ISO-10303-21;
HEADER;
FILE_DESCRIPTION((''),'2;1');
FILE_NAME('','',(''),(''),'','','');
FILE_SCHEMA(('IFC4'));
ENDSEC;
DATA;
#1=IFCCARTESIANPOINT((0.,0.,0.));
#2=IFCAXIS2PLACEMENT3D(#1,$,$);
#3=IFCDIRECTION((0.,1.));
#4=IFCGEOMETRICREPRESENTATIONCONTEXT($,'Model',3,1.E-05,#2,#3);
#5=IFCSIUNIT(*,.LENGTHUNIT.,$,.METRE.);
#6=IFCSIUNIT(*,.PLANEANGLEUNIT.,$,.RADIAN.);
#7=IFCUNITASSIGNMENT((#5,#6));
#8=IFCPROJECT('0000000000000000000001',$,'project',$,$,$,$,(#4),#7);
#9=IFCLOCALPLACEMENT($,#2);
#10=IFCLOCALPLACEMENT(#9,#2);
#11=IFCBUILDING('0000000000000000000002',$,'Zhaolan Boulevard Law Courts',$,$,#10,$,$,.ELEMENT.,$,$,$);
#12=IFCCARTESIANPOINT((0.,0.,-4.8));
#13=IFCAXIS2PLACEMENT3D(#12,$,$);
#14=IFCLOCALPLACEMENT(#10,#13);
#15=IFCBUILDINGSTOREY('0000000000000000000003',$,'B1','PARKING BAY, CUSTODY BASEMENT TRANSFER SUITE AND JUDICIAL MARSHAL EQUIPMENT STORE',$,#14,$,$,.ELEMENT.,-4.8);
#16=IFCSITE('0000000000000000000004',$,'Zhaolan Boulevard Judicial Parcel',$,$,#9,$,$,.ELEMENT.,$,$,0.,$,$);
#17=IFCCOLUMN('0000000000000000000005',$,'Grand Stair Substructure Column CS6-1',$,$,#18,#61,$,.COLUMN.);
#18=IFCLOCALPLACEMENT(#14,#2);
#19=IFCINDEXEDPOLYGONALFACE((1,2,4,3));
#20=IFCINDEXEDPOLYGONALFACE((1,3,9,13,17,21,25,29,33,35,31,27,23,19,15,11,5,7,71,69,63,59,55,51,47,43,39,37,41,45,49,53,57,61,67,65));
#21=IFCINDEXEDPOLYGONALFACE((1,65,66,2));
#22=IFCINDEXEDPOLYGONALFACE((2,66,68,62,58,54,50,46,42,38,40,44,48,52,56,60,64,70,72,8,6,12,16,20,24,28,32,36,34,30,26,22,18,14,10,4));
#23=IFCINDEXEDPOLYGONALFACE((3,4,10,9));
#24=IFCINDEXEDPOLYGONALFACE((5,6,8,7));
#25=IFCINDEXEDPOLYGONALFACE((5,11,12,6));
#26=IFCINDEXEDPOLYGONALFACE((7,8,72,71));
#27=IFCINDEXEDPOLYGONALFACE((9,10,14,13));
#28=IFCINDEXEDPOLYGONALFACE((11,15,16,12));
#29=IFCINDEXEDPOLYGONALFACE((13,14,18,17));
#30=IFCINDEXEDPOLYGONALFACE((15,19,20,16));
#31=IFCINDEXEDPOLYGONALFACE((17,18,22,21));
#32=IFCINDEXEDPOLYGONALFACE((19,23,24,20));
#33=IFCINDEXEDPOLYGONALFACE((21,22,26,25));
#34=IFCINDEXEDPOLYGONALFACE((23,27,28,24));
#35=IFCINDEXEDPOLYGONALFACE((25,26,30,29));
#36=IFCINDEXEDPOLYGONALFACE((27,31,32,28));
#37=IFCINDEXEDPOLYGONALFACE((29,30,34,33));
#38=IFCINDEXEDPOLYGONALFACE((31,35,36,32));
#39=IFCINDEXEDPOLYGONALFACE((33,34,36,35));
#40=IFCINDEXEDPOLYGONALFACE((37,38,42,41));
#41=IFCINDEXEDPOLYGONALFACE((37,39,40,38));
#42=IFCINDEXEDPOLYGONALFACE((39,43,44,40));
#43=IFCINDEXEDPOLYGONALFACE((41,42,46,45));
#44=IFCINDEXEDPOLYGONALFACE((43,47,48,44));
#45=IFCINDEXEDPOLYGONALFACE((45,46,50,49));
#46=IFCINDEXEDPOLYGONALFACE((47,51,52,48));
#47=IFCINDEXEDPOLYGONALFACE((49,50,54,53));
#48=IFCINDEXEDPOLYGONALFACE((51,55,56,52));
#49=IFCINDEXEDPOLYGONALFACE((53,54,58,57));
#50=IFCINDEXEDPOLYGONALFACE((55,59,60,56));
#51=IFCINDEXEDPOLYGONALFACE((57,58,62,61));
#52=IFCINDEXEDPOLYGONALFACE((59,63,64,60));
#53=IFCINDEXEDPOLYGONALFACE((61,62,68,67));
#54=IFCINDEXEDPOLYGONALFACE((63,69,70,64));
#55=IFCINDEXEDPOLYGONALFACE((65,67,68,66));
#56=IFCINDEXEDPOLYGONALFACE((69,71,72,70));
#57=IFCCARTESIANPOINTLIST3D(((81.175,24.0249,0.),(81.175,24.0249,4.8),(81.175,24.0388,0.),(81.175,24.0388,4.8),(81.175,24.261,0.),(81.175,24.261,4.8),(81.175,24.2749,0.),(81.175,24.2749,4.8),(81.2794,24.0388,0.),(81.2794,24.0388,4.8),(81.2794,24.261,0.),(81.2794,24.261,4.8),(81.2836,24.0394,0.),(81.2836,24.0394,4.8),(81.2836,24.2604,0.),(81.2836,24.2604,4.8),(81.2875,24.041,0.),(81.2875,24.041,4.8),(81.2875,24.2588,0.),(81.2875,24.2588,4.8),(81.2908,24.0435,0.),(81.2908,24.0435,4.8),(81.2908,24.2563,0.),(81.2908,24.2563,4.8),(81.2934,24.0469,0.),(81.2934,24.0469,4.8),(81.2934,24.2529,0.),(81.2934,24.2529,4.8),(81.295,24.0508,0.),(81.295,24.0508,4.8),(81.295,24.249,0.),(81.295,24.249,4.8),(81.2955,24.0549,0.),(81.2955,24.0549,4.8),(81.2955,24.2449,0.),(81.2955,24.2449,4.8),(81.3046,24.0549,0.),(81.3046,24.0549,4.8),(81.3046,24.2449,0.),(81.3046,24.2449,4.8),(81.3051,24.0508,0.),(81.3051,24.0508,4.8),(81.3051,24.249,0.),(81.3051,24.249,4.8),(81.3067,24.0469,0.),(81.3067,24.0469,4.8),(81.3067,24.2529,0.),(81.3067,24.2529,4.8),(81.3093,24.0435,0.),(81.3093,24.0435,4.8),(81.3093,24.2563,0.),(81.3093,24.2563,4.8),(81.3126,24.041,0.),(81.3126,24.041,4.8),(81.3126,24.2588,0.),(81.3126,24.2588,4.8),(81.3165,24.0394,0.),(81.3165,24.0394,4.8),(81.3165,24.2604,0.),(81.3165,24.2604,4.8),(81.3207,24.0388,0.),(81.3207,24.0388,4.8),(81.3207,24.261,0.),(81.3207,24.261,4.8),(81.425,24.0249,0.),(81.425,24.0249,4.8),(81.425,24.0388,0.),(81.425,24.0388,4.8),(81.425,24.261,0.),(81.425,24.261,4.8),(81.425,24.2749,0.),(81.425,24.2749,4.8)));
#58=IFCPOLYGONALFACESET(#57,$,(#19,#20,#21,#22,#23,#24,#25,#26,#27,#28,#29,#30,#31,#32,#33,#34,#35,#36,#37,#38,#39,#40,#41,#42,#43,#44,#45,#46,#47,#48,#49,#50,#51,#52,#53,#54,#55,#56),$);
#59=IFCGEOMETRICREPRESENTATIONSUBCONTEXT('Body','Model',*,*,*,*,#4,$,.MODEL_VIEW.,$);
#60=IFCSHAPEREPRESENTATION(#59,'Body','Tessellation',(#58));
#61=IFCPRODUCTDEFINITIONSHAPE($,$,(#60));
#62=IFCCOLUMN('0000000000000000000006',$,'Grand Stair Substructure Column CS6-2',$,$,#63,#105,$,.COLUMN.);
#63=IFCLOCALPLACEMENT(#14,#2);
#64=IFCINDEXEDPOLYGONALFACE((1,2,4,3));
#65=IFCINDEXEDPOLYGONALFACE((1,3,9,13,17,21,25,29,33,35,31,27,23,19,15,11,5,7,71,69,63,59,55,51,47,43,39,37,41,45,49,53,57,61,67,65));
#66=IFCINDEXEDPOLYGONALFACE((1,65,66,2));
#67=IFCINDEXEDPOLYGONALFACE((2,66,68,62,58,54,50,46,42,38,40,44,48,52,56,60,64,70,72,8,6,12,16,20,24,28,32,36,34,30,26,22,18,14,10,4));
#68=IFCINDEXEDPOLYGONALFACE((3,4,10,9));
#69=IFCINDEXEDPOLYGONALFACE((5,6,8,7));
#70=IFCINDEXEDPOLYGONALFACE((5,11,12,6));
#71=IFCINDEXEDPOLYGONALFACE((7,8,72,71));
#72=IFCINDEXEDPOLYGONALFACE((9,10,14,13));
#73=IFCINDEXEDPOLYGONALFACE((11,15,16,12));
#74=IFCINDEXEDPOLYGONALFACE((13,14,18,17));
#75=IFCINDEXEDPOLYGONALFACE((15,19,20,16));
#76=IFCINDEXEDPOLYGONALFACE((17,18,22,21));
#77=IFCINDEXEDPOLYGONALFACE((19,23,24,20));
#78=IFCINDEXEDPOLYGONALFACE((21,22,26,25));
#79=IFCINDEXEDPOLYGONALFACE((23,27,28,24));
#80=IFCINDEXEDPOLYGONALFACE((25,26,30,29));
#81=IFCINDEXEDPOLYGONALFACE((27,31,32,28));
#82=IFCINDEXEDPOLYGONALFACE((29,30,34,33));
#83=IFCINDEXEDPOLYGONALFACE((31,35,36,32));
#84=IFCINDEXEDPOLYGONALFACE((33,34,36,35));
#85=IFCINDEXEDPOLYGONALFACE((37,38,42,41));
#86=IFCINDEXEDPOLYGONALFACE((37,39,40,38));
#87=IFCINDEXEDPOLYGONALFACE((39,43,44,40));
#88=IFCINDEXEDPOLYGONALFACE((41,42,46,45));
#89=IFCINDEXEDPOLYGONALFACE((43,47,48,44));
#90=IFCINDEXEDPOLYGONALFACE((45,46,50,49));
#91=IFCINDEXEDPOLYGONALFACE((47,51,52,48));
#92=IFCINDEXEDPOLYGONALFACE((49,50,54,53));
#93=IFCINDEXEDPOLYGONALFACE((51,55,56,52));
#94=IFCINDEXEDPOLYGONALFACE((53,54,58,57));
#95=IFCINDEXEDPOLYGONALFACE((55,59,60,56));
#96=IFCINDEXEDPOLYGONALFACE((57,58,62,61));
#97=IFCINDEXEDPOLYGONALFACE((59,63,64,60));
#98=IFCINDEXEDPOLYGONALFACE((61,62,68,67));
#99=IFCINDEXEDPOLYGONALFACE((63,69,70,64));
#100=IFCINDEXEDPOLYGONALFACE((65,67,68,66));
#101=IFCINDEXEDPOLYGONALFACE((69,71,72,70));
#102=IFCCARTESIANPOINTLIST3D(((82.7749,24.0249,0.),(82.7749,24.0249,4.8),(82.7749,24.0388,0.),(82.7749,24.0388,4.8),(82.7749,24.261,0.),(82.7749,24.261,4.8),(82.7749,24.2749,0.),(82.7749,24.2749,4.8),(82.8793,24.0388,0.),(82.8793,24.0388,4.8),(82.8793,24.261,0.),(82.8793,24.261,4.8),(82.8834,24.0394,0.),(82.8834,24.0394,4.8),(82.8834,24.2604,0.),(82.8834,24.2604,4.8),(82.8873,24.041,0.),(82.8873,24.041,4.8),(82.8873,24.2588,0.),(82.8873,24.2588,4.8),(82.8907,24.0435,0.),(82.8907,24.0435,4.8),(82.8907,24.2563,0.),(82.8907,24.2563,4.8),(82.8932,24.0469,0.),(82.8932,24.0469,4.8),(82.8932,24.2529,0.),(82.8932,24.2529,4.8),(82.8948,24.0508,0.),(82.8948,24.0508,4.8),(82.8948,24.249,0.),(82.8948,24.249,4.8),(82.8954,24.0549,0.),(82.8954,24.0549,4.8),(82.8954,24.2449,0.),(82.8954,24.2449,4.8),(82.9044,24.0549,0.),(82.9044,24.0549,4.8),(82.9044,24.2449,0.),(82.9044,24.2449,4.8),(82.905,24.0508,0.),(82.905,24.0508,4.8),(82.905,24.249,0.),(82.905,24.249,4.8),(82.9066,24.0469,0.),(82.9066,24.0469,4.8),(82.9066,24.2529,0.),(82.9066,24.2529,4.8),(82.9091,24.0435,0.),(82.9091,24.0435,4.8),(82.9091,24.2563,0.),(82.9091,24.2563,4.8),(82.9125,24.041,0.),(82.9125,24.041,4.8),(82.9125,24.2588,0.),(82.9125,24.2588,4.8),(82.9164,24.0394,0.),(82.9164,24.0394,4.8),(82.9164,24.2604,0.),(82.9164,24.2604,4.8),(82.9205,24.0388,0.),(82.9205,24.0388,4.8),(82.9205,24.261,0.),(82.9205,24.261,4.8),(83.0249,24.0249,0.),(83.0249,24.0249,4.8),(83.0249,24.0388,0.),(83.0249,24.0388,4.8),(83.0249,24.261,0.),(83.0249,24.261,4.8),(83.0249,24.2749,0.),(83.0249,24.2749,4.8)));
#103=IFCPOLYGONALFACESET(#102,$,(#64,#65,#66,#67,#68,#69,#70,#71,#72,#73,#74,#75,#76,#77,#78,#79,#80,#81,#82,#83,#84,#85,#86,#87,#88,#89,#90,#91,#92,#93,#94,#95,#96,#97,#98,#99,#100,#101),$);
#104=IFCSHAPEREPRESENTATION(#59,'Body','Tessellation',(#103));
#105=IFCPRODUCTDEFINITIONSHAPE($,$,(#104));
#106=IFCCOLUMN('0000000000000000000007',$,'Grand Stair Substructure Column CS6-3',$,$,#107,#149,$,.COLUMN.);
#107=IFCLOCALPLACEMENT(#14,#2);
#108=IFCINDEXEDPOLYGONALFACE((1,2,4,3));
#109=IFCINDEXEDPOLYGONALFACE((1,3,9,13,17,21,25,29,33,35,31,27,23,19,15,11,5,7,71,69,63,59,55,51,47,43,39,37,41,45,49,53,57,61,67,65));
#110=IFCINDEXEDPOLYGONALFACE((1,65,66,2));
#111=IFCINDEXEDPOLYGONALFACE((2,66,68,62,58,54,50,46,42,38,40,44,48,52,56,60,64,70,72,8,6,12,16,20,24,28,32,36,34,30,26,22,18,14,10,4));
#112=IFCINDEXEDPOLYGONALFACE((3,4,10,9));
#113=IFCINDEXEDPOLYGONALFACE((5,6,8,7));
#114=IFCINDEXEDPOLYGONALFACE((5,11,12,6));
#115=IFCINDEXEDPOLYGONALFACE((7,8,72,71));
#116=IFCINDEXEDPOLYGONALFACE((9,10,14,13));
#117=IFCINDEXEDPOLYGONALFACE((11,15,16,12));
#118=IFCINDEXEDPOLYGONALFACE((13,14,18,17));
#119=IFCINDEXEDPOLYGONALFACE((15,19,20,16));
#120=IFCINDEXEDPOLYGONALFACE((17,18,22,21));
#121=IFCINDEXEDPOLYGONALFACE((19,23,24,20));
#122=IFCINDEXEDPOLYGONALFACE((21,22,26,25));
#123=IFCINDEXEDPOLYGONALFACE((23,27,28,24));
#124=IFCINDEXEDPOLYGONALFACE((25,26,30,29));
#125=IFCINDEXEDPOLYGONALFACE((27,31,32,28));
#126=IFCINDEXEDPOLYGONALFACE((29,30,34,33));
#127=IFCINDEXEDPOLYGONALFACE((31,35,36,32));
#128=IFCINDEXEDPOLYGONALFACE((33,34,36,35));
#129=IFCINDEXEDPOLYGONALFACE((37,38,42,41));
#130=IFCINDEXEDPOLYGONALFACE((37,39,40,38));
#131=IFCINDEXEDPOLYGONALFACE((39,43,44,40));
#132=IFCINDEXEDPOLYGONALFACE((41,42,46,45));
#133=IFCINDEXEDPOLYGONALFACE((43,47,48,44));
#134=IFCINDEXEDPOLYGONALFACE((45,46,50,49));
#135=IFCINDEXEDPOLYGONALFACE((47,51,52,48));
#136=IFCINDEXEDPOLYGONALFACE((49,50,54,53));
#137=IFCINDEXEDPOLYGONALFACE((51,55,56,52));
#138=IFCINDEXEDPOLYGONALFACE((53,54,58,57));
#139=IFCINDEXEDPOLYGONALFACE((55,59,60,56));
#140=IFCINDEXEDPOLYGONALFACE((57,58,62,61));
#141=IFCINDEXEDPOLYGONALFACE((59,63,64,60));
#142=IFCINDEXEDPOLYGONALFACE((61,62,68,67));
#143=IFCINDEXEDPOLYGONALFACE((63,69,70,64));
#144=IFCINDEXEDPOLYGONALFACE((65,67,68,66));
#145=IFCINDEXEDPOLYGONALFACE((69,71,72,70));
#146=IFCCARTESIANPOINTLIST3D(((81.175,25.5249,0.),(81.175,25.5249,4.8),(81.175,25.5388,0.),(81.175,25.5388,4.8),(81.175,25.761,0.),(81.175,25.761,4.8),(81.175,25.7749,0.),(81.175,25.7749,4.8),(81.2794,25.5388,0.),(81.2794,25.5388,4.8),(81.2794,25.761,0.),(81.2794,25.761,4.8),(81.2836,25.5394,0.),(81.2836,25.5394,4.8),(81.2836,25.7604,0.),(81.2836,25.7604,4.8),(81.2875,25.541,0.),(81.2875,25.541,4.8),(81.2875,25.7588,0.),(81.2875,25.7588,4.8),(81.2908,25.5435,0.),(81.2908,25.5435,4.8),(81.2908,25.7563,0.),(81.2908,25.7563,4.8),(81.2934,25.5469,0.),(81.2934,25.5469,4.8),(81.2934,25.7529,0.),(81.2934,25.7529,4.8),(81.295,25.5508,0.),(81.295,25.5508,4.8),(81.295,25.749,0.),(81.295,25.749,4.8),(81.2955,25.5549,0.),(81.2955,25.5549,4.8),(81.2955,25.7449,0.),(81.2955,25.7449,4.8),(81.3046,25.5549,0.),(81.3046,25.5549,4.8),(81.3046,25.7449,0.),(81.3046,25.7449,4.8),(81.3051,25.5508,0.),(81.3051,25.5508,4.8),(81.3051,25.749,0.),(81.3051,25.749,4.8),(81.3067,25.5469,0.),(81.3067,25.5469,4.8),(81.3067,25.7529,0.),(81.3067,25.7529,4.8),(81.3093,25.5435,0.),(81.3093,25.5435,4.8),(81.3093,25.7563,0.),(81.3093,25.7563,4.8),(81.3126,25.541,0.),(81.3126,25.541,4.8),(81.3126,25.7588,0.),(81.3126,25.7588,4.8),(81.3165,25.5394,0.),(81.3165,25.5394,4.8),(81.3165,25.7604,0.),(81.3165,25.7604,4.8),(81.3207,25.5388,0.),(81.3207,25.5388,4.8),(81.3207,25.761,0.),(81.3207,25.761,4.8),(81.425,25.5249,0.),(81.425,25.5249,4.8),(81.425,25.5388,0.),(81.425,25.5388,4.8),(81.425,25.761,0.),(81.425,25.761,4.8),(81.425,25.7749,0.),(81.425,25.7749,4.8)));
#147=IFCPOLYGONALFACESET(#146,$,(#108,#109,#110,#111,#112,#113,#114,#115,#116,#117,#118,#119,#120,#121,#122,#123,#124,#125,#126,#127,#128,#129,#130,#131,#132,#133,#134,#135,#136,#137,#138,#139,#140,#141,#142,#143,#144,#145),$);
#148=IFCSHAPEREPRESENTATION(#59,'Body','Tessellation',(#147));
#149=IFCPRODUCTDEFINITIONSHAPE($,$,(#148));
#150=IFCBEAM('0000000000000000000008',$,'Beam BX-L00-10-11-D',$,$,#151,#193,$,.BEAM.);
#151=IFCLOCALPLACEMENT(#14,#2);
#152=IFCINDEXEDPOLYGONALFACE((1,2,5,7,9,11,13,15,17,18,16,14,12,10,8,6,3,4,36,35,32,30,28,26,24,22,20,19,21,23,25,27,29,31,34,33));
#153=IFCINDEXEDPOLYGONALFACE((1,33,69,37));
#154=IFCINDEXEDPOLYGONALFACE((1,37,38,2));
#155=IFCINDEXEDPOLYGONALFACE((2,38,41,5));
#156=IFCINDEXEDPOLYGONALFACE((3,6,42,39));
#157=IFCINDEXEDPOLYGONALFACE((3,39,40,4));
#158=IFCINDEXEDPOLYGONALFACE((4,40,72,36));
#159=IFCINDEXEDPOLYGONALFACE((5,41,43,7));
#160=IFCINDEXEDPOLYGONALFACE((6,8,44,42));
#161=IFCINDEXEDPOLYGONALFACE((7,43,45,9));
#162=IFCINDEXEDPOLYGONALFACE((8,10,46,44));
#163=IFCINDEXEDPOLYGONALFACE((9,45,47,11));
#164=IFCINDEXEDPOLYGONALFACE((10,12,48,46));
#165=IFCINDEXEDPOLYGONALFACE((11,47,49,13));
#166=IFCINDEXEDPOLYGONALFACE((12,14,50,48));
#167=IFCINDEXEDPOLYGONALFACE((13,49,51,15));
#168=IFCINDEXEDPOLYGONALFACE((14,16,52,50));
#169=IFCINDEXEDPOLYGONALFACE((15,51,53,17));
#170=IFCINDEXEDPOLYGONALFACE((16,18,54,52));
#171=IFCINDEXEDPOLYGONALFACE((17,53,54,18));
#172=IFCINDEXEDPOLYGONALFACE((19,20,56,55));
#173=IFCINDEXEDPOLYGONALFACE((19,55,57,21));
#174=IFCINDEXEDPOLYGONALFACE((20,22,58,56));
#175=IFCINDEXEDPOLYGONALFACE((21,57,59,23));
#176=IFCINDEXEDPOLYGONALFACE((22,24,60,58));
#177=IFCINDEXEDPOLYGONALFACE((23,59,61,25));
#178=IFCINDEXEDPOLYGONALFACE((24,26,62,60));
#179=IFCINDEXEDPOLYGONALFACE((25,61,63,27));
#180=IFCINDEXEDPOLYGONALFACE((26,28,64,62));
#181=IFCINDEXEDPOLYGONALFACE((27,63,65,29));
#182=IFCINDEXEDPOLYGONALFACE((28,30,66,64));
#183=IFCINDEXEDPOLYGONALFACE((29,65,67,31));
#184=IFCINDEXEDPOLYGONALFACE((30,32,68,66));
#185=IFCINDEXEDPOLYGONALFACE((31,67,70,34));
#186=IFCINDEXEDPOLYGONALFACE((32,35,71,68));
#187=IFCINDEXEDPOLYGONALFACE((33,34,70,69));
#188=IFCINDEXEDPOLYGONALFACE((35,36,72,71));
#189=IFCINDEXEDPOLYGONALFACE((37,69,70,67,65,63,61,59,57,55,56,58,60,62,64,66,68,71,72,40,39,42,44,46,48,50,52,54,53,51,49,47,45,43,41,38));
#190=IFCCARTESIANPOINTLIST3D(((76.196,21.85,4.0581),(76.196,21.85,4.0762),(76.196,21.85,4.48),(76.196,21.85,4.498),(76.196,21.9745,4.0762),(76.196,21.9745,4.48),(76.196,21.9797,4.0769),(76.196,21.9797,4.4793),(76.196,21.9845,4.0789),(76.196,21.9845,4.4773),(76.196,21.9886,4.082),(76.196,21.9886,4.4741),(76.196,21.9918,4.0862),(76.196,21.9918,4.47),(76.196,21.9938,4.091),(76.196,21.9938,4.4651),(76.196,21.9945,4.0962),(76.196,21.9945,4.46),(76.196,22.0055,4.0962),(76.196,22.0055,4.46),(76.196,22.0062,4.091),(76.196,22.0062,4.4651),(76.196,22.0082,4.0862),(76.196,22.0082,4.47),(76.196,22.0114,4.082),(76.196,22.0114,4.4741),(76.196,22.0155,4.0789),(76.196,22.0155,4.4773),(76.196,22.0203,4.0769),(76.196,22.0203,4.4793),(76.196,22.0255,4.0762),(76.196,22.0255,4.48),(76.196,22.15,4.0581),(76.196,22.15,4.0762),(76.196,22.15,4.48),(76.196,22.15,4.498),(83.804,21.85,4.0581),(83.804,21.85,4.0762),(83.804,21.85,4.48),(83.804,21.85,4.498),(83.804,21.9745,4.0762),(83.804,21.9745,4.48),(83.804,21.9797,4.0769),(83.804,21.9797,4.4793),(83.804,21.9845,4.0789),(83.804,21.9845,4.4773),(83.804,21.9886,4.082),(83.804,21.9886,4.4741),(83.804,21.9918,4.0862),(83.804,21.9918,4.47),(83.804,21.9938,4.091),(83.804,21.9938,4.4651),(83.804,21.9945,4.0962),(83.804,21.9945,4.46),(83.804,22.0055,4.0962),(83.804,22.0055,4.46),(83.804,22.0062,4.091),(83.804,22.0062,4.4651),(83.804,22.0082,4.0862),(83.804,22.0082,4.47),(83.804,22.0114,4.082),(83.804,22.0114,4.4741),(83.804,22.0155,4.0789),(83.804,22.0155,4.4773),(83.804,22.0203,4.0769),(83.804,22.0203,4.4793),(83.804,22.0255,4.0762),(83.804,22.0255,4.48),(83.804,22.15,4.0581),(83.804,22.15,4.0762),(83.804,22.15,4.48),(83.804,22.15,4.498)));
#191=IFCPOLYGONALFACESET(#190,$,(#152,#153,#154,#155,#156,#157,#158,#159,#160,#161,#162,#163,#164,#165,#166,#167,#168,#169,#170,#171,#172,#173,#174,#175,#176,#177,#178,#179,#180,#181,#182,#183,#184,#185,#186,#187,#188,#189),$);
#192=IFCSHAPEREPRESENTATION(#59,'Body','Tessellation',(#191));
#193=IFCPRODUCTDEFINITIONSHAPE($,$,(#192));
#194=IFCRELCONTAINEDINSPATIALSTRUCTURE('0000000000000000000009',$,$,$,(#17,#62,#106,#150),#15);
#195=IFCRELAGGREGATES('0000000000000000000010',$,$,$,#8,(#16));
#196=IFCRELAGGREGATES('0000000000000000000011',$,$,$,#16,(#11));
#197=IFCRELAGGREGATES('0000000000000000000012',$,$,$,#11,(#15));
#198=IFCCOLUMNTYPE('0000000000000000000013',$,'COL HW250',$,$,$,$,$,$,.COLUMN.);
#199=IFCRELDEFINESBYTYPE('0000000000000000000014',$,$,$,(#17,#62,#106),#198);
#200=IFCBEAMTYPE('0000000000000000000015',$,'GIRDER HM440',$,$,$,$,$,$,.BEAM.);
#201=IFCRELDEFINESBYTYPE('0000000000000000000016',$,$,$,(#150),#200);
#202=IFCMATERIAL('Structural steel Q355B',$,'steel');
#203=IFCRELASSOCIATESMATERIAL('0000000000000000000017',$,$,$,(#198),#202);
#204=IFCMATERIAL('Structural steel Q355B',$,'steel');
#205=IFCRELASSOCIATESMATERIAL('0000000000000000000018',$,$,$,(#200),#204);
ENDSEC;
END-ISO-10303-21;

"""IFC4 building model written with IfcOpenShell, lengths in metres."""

from ifc_helpers import new_model, si_unit, direction, frame, origin, origin_2d, place, context, subcontext, project, spatial, i_section, extrude, material, material_profile, profile_set, type_object, element, save


model = new_model("IFC4")

# Units and contexts
model_context = context("Model", 3, precision=1e-05, world=origin(), true_north=direction((0.0, 1.0)))
body_context = subcontext(model_context, "Body", "Model", "MODEL_VIEW")
ifc_project = project(units=[si_unit("LENGTHUNIT", "METRE"), si_unit("PLANEANGLEUNIT", "RADIAN")], contexts=[model_context])

# Site, building, storey
site_placement = place(None, origin())
site = spatial("IfcSite", under=ifc_project, at=site_placement, Name="Zhaolan Boulevard Judicial Parcel", CompositionType="ELEMENT", RefElevation=0.0)
building_placement = place(site_placement, origin())
building = spatial("IfcBuilding", under=site, at=building_placement, Name="Zhaolan Boulevard Law Courts", CompositionType="ELEMENT")
storey_placement = place(building_placement, frame((0.0, 0.0, -4.8)))
storey = spatial("IfcBuildingStorey", under=building, at=storey_placement, Name="B1", Description="PARKING BAY, CUSTODY BASEMENT TRANSFER SUITE AND JUDICIAL MARSHAL EQUIPMENT STORE", CompositionType="ELEMENT", Elevation=-4.8)

# Columns
ifc_material_1 = material(Name="Structural steel Q355B", Category="steel")
ifc_material_profile_1 = material_profile(ifc_material_1, i_section(OverallWidth=0.25, OverallDepth=0.25, WebThickness=0.009, FlangeThickness=0.0139, FilletRadius=0.0161, at=origin_2d()), Name="HW250x250")
ifc_profile_set_1 = profile_set([ifc_material_profile_1], Name="Structural steel Q355B")
column_type_1 = type_object("IfcColumnType", Name="COL HW250", PredefinedType="COLUMN", material=ifc_profile_set_1)
for number, where, z_axis, x_axis, name in (
    (1, (81.3, 24.1499, 0.0), (0.0, 0.0, 1.0), (1.0, 0.0, 0.0), "Grand Stair Substructure Column CS6-1"),
    (2, (82.8999, 24.1499, 0.0), (0.0, 0.0, 1.0), (1.0, 0.0, 0.0), "Grand Stair Substructure Column CS6-2"),
    (3, (81.3, 25.6499, 0.0), (0.0, 0.0, 1.0), (1.0, 0.0, 0.0), "Grand Stair Substructure Column CS6-3"),
):
    element("IfcColumn", number, at=place(storey_placement, frame(where, z_axis=z_axis, x_axis=x_axis)), inside=storey, type_object=column_type_1, Name=name, PredefinedType="COLUMN", context=body_context, shape_type="SweptSolid", body=[
        extrude(i_section(OverallWidth=0.25, OverallDepth=0.25, WebThickness=0.009, FlangeThickness=0.0139, FilletRadius=0.0161, at=origin_2d()), origin(), (0.0, 0.0, 1.0), 4.8),
    ])

# Beam
ifc_material_2 = material(Name="Structural steel Q355B", Category="steel")
ifc_material_profile_2 = material_profile(ifc_material_2, i_section(OverallWidth=0.3, OverallDepth=0.4399, WebThickness=0.011, FlangeThickness=0.0181, FilletRadius=0.02, at=origin_2d()), Name="HM440x300")
ifc_profile_set_2 = profile_set([ifc_material_profile_2], Name="Structural steel Q355B")
beam_type_1 = type_object("IfcBeamType", Name="GIRDER HM440", PredefinedType="BEAM", material=ifc_profile_set_2)
for number, where, z_axis, x_axis, name in (
    (4, (76.196, 22.0, 4.2781), (1.0, 0.0, 0.0), (0.0, 1.0, 0.0), "Beam BX-L00-10-11-D"),
):
    element("IfcBeam", number, at=place(storey_placement, frame(where, z_axis=z_axis, x_axis=x_axis)), inside=storey, type_object=beam_type_1, Name=name, PredefinedType="BEAM", context=body_context, shape_type="SweptSolid", body=[
        extrude(i_section(OverallWidth=0.3, OverallDepth=0.4399, WebThickness=0.011, FlangeThickness=0.0181, FilletRadius=0.02, at=origin_2d()), origin(), (0.0, 0.0, 1.0), 7.6079),
    ])

save(model, "model.ifc")
